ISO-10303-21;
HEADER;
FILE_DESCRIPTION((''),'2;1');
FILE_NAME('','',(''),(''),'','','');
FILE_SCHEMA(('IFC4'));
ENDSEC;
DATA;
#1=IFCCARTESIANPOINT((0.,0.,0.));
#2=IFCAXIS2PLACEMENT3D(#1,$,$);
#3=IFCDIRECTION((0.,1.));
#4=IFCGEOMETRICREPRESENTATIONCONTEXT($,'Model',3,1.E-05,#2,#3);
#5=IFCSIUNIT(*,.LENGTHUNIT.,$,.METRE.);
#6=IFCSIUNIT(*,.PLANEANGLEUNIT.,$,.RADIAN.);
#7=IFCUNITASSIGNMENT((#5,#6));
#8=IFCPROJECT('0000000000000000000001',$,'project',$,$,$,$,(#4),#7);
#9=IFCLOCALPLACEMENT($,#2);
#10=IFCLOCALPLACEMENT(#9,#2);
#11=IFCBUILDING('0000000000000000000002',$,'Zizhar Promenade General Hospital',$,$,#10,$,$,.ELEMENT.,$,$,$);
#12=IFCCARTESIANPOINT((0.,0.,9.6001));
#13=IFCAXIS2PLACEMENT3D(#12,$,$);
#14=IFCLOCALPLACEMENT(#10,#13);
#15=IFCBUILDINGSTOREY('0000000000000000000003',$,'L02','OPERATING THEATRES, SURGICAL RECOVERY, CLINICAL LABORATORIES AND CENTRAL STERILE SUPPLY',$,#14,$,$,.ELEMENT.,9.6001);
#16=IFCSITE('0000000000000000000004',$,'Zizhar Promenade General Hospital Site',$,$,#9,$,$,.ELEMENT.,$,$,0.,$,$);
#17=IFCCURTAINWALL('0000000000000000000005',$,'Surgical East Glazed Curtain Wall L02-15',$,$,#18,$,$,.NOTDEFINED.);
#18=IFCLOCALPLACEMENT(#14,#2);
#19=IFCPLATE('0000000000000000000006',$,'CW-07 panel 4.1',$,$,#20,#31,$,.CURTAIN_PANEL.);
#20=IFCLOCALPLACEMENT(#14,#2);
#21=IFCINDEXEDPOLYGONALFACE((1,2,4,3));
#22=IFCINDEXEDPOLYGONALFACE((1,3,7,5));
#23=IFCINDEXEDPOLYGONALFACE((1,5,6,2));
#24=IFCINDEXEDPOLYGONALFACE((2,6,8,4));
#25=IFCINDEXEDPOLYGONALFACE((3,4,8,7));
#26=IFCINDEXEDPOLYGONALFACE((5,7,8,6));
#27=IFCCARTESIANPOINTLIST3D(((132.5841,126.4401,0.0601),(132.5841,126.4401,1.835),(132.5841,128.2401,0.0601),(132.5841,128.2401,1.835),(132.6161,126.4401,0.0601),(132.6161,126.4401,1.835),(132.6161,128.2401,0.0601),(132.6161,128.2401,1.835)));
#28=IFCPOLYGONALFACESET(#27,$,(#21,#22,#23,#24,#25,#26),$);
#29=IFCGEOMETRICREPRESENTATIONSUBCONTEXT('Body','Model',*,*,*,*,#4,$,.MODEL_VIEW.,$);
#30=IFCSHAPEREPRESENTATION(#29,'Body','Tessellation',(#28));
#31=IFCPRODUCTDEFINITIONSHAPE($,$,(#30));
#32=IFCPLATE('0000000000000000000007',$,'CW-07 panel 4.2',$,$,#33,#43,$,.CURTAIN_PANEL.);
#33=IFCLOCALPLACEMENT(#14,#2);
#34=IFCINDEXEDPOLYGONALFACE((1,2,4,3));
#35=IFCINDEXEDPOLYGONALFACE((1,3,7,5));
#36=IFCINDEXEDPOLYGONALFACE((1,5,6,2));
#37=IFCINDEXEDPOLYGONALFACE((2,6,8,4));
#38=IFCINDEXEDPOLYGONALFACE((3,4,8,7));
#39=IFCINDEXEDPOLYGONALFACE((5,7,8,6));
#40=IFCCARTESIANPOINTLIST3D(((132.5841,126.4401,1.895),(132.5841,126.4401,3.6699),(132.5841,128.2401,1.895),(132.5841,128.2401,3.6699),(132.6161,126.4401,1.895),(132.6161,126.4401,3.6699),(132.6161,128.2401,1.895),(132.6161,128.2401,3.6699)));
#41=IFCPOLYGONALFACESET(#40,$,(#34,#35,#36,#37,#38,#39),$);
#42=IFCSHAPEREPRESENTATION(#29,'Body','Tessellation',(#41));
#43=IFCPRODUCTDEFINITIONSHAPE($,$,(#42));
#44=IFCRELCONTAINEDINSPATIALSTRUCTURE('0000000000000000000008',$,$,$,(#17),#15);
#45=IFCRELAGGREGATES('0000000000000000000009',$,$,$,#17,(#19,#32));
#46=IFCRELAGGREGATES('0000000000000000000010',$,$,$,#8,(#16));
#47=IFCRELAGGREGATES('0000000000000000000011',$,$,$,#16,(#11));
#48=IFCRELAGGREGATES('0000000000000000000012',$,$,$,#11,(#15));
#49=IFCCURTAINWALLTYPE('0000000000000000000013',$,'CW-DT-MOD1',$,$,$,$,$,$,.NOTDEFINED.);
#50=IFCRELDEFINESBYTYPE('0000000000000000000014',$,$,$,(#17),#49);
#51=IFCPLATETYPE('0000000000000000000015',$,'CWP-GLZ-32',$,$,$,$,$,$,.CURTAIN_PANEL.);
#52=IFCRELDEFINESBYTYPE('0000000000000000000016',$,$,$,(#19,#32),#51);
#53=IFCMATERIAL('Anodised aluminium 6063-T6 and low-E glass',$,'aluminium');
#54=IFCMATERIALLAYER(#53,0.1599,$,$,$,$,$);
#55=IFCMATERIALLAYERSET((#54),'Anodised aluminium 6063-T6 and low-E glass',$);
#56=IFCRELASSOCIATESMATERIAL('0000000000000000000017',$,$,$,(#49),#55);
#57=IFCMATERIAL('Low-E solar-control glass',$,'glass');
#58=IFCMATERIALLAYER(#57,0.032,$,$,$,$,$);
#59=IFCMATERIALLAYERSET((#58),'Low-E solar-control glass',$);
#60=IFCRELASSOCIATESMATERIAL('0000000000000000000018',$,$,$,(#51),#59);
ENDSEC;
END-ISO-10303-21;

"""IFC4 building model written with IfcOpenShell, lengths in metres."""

from ifc_helpers import new_model, si_unit, direction, frame, origin, origin_2d, place, context, subcontext, project, spatial, rectangle, extrude, material, layer, layer_set, type_object, element, aggregate, save


model = new_model("IFC4")

# Units and contexts
model_context = context("Model", 3, precision=1e-05, world=origin(), true_north=direction((0.0, 1.0)))
body_context = subcontext(model_context, "Body", "Model", "MODEL_VIEW")
ifc_project = project(units=[si_unit("LENGTHUNIT", "METRE"), si_unit("PLANEANGLEUNIT", "RADIAN")], contexts=[model_context])

# Site, building, storey
site_placement = place(None, origin())
site = spatial("IfcSite", under=ifc_project, at=site_placement, Name="Zizhar Promenade General Hospital Site", CompositionType="ELEMENT", RefElevation=0.0)
building_placement = place(site_placement, origin())
building = spatial("IfcBuilding", under=site, at=building_placement, Name="Zizhar Promenade General Hospital", CompositionType="ELEMENT")
storey_placement = place(building_placement, frame((0.0, 0.0, 9.6001)))
storey = spatial("IfcBuildingStorey", under=building, at=storey_placement, Name="L02", Description="OPERATING THEATRES, SURGICAL RECOVERY, CLINICAL LABORATORIES AND CENTRAL STERILE SUPPLY", CompositionType="ELEMENT", Elevation=9.6001)

# Shared definitions
ifc_material_1 = material(Name="Anodised aluminium 6063-T6 and low-E glass", Category="aluminium")
ifc_layer_1 = layer(ifc_material_1, 0.1599)
ifc_layer_set_1 = layer_set([ifc_layer_1], Name="Anodised aluminium 6063-T6 and low-E glass")
curtain_wall_type = type_object("IfcCurtainWallType", Name="CW-DT-MOD1", PredefinedType="NOTDEFINED", material=ifc_layer_set_1)

# Curtain wall
curtain_wall_1_placement = place(storey_placement, origin())
curtain_wall_1 = element("IfcCurtainWall", 1, at=curtain_wall_1_placement, inside=storey, type_object=curtain_wall_type, Name="Surgical East Glazed Curtain Wall L02-15", PredefinedType="NOTDEFINED")

# Plates
ifc_material_2 = material(Name="Low-E solar-control glass", Category="glass")
ifc_layer_2 = layer(ifc_material_2, 0.032)
ifc_layer_set_2 = layer_set([ifc_layer_2], Name="Low-E solar-control glass")
plate_type = type_object("IfcPlateType", Name="CWP-GLZ-32", PredefinedType="CURTAIN_PANEL", material=ifc_layer_set_2)
plate_1_placement = place(storey_placement, frame((132.6001, 127.3401, 0.0601), z_axis=(0.0, 0.0, 1.0), x_axis=(0.0, -1.0, 0.0)))
plate_1 = element("IfcPlate", 2, at=plate_1_placement, type_object=plate_type, Name="CW-07 panel 4.1", PredefinedType="CURTAIN_PANEL", context=body_context, shape_type="SweptSolid", body=[
    extrude(rectangle(XDim=1.8, YDim=0.032, at=origin_2d()), origin(), (0.0, 0.0, 1.0), 1.7749),
])
plate_2_placement = place(storey_placement, frame((132.6001, 127.3401, 1.895), z_axis=(0.0, 0.0, 1.0), x_axis=(0.0, -1.0, 0.0)))
plate_2 = element("IfcPlate", 3, at=plate_2_placement, type_object=plate_type, Name="CW-07 panel 4.2", PredefinedType="CURTAIN_PANEL", context=body_context, shape_type="SweptSolid", body=[
    extrude(rectangle(XDim=1.8, YDim=0.032, at=origin_2d()), origin(), (0.0, 0.0, 1.0), 1.7749),
])
aggregate(curtain_wall_1, [plate_1, plate_2])

save(model, "model.ifc")
